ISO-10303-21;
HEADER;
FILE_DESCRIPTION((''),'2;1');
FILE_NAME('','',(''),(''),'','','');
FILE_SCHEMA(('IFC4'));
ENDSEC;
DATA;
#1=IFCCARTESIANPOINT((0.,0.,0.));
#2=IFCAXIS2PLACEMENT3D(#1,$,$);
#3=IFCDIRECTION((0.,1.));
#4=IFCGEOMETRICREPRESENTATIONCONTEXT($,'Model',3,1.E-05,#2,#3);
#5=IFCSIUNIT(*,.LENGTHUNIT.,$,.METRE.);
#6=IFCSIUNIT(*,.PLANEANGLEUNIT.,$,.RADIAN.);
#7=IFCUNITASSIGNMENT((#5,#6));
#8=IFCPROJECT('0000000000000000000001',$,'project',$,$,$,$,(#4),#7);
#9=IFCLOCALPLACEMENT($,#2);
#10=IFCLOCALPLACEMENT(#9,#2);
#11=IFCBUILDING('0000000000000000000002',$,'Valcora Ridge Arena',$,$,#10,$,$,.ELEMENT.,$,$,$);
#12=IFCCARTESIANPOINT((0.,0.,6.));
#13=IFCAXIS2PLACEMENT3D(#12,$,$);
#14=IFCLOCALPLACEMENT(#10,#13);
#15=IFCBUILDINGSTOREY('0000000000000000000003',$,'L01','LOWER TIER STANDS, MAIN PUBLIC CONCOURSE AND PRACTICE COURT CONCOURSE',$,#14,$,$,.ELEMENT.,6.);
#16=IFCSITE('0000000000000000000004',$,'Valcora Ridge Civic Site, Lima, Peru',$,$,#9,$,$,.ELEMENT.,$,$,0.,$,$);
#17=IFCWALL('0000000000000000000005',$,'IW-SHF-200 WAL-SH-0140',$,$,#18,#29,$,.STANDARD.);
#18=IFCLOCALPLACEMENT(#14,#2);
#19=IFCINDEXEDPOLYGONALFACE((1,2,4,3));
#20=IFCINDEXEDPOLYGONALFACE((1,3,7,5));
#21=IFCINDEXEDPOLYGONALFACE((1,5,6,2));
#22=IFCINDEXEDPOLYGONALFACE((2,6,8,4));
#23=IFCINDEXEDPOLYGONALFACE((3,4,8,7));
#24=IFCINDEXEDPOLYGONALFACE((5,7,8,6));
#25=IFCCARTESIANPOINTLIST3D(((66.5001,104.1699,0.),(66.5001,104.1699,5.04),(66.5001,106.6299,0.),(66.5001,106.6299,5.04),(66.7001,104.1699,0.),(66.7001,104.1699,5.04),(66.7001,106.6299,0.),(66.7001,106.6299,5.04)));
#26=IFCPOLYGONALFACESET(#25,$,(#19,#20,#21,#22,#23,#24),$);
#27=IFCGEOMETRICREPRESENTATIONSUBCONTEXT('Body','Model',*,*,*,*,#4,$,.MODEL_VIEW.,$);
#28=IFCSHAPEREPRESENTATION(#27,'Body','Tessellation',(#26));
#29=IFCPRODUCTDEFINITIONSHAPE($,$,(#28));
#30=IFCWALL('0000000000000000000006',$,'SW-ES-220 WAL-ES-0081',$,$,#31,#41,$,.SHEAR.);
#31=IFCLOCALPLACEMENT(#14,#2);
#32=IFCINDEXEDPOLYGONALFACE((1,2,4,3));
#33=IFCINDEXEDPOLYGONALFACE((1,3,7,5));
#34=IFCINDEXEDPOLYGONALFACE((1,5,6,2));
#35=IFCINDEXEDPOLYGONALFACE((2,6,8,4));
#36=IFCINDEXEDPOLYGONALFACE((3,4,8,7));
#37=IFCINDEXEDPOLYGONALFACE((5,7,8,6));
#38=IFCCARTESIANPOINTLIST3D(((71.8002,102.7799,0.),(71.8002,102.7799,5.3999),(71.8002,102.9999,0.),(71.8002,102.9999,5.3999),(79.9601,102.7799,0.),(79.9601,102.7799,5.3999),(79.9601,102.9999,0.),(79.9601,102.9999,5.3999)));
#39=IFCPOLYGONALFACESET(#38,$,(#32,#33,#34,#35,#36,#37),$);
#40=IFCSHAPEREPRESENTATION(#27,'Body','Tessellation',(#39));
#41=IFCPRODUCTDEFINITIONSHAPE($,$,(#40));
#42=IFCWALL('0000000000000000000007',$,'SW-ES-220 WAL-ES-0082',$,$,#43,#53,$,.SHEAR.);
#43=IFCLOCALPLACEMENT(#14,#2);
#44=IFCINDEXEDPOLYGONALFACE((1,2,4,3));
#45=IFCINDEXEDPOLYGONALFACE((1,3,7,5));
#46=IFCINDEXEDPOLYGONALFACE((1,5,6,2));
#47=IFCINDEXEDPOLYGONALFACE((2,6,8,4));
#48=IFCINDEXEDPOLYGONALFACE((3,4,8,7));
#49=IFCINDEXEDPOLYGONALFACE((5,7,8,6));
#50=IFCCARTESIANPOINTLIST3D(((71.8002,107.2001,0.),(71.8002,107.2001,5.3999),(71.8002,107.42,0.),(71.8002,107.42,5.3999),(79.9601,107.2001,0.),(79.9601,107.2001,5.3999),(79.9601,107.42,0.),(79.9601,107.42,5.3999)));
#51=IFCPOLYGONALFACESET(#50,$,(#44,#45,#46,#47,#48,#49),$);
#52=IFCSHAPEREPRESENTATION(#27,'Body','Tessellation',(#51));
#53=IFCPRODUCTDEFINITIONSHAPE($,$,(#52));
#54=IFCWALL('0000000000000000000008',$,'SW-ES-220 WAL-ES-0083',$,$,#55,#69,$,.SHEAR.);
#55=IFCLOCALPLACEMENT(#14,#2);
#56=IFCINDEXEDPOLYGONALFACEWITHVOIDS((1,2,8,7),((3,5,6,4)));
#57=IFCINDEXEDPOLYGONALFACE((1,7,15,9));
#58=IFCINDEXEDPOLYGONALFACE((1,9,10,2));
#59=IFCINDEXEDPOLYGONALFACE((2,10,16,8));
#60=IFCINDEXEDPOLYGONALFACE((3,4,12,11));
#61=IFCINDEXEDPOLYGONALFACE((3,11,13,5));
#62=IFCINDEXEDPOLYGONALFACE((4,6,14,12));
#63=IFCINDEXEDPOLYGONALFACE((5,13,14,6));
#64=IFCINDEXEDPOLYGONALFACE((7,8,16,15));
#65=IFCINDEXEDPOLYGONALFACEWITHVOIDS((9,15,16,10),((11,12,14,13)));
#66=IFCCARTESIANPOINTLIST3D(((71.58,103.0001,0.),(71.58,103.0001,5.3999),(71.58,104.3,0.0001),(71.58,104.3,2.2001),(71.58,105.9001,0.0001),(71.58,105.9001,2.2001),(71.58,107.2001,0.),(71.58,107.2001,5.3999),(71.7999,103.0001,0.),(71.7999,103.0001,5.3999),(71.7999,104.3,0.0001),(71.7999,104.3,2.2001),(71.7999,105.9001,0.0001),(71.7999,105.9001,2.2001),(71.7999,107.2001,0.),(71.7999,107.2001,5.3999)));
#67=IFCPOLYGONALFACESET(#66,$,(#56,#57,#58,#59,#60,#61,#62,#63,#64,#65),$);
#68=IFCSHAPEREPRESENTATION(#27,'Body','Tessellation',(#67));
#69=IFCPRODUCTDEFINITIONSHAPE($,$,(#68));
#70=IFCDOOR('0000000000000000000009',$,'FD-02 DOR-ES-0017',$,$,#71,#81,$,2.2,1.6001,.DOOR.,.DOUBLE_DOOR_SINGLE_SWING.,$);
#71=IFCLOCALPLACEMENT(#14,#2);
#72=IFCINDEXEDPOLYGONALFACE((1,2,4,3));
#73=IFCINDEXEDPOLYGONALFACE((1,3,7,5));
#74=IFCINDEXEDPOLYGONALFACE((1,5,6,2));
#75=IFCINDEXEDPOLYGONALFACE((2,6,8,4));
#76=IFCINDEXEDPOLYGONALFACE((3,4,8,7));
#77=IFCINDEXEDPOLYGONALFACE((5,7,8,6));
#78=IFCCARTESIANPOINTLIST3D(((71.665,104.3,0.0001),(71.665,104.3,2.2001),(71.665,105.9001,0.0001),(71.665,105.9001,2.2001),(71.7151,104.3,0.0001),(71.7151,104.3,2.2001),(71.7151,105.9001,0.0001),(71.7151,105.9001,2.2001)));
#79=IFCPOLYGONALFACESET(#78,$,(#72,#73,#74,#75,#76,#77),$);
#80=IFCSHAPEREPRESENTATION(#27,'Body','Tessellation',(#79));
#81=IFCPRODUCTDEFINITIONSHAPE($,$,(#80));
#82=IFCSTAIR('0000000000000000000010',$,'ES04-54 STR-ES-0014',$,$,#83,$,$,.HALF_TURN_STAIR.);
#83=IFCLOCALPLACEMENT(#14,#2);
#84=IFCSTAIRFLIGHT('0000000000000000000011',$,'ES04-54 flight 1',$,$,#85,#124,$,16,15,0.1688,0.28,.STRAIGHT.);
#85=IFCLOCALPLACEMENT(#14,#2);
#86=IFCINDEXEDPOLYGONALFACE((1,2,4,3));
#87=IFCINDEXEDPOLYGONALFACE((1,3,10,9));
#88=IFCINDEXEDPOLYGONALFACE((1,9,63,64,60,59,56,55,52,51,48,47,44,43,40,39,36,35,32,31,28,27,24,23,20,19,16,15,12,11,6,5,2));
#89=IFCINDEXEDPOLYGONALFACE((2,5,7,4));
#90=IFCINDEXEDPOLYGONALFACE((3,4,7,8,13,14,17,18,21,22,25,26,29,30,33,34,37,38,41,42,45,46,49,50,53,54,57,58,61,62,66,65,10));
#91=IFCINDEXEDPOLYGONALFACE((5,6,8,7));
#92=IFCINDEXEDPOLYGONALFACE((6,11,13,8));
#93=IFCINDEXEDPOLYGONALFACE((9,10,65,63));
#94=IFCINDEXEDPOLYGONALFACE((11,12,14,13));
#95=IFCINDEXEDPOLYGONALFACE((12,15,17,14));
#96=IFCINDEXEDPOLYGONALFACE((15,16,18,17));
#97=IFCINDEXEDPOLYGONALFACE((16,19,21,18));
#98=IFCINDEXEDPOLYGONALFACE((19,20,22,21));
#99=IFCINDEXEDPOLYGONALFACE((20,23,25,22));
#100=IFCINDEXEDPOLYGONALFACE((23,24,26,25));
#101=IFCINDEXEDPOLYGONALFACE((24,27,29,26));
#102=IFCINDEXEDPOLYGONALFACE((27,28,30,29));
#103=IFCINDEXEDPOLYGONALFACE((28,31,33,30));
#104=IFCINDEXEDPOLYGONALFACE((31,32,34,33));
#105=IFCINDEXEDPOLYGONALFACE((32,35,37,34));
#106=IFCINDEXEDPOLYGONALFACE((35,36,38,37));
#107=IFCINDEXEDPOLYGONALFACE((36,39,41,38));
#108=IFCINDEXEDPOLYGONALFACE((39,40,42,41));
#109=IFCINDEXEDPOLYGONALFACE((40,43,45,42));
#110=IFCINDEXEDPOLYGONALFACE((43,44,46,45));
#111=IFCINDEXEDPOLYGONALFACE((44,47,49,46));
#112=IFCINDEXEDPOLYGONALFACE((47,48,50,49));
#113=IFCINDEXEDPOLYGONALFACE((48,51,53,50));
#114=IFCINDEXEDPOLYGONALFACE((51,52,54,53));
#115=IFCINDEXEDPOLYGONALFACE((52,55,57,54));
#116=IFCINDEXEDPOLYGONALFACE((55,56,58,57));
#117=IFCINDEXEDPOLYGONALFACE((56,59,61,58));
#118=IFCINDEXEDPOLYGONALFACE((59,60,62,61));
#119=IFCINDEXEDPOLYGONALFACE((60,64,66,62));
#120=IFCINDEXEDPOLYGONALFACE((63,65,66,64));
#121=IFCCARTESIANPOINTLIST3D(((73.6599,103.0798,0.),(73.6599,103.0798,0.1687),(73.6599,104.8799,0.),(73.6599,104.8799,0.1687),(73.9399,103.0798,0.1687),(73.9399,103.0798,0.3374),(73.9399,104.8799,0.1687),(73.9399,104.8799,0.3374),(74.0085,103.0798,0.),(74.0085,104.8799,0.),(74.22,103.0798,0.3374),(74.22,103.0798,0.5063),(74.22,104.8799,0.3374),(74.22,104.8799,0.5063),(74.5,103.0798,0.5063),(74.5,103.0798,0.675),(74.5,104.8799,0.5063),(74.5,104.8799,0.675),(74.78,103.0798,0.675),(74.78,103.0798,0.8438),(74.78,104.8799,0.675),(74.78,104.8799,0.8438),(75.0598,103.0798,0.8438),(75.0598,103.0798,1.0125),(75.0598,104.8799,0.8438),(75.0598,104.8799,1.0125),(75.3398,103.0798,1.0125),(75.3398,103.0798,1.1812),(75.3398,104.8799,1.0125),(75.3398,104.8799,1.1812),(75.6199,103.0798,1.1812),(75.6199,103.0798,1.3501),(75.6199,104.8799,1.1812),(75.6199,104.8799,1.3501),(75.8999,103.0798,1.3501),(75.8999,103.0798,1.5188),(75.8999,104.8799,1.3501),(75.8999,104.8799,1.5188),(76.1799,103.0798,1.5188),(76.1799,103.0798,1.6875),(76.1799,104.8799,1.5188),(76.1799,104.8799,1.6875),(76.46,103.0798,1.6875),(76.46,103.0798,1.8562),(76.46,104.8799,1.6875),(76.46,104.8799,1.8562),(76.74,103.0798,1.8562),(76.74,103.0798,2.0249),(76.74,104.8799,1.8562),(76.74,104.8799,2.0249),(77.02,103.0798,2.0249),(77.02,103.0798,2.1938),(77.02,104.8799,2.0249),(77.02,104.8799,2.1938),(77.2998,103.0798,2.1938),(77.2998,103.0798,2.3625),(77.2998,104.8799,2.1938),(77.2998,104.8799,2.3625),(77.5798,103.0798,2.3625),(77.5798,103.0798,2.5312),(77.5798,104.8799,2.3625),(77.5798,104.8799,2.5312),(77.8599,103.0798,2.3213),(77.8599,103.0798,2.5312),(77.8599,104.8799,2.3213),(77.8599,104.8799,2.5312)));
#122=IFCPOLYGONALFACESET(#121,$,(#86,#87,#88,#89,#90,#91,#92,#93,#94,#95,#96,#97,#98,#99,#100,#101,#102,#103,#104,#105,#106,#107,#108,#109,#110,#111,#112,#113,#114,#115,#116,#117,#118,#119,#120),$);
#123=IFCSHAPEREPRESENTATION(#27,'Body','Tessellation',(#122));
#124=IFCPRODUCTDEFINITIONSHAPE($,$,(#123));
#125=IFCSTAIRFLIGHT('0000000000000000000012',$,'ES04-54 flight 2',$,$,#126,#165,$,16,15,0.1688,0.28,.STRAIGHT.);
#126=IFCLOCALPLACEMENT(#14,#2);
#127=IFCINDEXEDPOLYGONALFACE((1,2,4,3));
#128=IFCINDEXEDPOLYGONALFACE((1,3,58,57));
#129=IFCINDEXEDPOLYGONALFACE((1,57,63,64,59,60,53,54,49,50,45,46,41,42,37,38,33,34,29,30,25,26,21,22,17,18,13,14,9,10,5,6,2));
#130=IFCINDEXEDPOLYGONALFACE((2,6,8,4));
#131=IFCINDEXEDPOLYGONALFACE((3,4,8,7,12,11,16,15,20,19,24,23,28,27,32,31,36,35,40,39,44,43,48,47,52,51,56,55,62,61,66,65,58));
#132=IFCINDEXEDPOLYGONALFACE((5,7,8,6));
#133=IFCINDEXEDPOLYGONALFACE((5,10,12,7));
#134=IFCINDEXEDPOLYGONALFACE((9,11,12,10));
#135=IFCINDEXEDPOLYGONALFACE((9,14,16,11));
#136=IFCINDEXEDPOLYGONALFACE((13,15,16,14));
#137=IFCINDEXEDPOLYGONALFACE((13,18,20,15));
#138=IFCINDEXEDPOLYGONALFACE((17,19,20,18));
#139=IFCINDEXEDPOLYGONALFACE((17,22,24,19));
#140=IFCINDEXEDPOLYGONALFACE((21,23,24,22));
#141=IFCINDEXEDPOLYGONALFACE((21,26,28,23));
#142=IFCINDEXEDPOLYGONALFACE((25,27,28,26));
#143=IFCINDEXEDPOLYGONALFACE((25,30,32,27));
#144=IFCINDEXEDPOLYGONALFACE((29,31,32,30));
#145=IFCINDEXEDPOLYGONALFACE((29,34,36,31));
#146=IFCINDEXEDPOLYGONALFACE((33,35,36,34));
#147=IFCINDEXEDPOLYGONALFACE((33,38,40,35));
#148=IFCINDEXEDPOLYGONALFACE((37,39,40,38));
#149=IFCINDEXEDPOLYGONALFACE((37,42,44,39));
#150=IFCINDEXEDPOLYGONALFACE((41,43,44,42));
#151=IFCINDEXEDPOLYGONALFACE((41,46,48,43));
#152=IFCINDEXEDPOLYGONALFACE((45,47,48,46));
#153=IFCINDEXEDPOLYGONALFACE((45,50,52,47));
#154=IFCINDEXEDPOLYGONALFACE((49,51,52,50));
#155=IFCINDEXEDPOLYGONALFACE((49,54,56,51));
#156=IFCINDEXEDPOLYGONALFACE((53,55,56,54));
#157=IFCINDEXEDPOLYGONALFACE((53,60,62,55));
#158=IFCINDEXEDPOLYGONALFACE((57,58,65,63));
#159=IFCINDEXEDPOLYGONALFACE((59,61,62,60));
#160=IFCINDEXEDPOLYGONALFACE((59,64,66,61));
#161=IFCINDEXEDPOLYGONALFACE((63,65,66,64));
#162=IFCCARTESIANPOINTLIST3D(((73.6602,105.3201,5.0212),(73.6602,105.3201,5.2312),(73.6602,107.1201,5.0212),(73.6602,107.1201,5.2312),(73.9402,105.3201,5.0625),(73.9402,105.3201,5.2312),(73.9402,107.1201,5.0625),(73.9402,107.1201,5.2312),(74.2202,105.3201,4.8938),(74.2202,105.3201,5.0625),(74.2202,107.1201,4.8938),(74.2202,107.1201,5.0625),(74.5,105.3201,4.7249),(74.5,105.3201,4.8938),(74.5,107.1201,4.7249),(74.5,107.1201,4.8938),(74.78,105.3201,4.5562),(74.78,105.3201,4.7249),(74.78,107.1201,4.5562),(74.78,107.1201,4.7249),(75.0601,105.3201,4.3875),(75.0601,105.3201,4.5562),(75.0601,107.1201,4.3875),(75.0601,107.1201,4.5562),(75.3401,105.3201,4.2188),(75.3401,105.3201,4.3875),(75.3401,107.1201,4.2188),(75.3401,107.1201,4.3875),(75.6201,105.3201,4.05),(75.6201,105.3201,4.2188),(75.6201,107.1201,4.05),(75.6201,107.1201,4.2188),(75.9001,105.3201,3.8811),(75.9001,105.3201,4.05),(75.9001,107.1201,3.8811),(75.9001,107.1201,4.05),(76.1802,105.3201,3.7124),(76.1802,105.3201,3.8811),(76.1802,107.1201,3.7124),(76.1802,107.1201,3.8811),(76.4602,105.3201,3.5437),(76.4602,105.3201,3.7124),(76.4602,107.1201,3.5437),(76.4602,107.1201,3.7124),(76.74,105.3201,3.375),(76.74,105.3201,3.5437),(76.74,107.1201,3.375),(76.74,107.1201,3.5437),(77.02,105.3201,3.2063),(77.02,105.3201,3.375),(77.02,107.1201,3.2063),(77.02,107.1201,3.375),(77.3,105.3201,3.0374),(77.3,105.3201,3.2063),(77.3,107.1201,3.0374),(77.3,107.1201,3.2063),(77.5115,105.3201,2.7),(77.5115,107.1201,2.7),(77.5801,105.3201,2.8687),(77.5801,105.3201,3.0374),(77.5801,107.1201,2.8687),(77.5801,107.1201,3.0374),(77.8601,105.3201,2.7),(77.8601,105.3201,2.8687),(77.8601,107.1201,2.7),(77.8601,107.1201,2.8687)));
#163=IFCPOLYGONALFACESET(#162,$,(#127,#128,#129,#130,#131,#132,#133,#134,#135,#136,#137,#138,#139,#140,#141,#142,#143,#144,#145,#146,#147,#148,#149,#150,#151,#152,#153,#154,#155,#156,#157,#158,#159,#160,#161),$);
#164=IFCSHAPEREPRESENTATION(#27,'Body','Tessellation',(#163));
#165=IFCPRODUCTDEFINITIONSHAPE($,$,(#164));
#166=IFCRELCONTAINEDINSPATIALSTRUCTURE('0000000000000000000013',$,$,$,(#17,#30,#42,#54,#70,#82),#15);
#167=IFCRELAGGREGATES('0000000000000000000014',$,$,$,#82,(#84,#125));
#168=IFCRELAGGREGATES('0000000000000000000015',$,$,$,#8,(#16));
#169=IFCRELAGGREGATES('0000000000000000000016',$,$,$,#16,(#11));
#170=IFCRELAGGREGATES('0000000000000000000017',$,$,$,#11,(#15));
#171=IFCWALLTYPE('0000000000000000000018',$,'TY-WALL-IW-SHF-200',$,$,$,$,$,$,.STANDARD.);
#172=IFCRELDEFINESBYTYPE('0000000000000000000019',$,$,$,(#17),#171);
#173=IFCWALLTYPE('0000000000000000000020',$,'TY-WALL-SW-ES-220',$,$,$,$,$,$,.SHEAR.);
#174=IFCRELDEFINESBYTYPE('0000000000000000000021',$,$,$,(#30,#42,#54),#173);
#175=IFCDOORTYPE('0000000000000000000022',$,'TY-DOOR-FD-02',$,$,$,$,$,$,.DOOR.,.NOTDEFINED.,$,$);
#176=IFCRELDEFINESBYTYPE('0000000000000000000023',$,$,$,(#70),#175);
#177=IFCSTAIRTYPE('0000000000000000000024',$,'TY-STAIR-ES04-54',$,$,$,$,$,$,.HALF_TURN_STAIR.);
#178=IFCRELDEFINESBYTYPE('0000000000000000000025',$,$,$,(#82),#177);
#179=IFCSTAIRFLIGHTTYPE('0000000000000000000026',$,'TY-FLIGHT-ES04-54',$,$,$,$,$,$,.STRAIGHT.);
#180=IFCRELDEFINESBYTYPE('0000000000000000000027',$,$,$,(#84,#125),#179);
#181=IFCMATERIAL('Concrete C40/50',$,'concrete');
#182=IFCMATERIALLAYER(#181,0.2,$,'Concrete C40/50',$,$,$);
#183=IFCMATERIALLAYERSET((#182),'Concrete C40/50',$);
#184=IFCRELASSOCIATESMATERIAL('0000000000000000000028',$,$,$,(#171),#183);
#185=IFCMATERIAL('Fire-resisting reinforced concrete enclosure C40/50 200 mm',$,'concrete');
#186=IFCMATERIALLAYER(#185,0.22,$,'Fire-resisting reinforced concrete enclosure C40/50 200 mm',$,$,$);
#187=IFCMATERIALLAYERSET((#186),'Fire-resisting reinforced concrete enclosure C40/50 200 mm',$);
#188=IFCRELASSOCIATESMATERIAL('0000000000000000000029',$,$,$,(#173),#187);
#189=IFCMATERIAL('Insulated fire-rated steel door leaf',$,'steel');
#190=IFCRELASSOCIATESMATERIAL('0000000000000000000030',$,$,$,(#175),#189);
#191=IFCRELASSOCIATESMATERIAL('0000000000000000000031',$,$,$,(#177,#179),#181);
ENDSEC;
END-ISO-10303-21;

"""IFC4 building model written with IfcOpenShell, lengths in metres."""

from ifc_helpers import new_model, si_unit, direction, frame, frame_2d, origin, place, context, subcontext, project, spatial, polyline, rectangle, outline, extrude, material, layer, layer_set, type_object, element, fill, aggregate, save


model = new_model("IFC4")

# Units and contexts
model_context = context("Model", 3, precision=1e-05, world=origin(), true_north=direction((0.0, 1.0)))
body_context = subcontext(model_context, "Body", "Model", "MODEL_VIEW")
ifc_project = project(units=[si_unit("LENGTHUNIT", "METRE"), si_unit("PLANEANGLEUNIT", "RADIAN")], contexts=[model_context])

# Site, building, storey
site_placement = place(None, origin())
site = spatial("IfcSite", under=ifc_project, at=site_placement, Name="Valcora Ridge Civic Site, Lima, Peru", CompositionType="ELEMENT", RefElevation=0.0)
building_placement = place(site_placement, origin())
building = spatial("IfcBuilding", under=site, at=building_placement, Name="Valcora Ridge Arena", CompositionType="ELEMENT")
storey_placement = place(building_placement, frame((0.0, 0.0, 6.0)))
storey = spatial("IfcBuildingStorey", under=building, at=storey_placement, Name="L01", Description="LOWER TIER STANDS, MAIN PUBLIC CONCOURSE AND PRACTICE COURT CONCOURSE", CompositionType="ELEMENT", Elevation=6.0)

# Shared definitions
ifc_material_1 = material(Name="Concrete C40/50", Category="concrete")

# Walls
ifc_layer_1 = layer(ifc_material_1, 0.2, Name="Concrete C40/50")
ifc_layer_set_1 = layer_set([ifc_layer_1], Name="Concrete C40/50")
wall_type_1 = type_object("IfcWallType", Name="TY-WALL-IW-SHF-200", PredefinedType="STANDARD", material=ifc_layer_set_1)
wall_1_placement = place(storey_placement, frame((66.6001, 104.1699, 0.0), z_axis=(0.0, 0.0, 1.0), x_axis=(0.0, 1.0, 0.0)))
element("IfcWall", 1, at=wall_1_placement, inside=storey, type_object=wall_type_1, Name="IW-SHF-200 WAL-SH-0140", PredefinedType="STANDARD", context=body_context, shape_type="SweptSolid", body=[
    extrude(rectangle(XDim=2.46, YDim=0.2, at=frame_2d((1.23, 0.0))), origin(), (0.0, 0.0, 1.0), 5.04),
])
ifc_material_2 = material(Name="Fire-resisting reinforced concrete enclosure C40/50 200 mm", Category="concrete")
ifc_layer_2 = layer(ifc_material_2, 0.22, Name="Fire-resisting reinforced concrete enclosure C40/50 200 mm")
ifc_layer_set_2 = layer_set([ifc_layer_2], Name="Fire-resisting reinforced concrete enclosure C40/50 200 mm")
wall_type_2 = type_object("IfcWallType", Name="TY-WALL-SW-ES-220", PredefinedType="SHEAR", material=ifc_layer_set_2)
for number, where, z_axis, x_axis, name in (
    (2, (71.8, 102.8899, 0.0), (0.0, 0.0, 1.0), (1.0, 0.0, 0.0), "SW-ES-220 WAL-ES-0081"),
    (3, (71.8, 107.3101, 0.0), (0.0, 0.0, 1.0), (1.0, 0.0, 0.0), "SW-ES-220 WAL-ES-0082"),
):
    element("IfcWall", number, at=place(storey_placement, frame(where, z_axis=z_axis, x_axis=x_axis)), inside=storey, type_object=wall_type_2, Name=name, PredefinedType="SHEAR", context=body_context, shape_type="SweptSolid", body=[
        extrude(rectangle(XDim=8.1599, YDim=0.22, at=frame_2d((4.0801, 0.0))), origin(), (0.0, 0.0, 1.0), 5.3999),
    ])

# Wall, opening, door
wall_2_placement = place(storey_placement, frame((71.6899, 103.0, 0.0), z_axis=(0.0, 0.0, 1.0), x_axis=(0.0, 1.0, 0.0)))
wall_2 = element("IfcWall", 4, at=wall_2_placement, inside=storey, type_object=wall_type_2, Name="SW-ES-220 WAL-ES-0083", PredefinedType="SHEAR", context=body_context, shape_type="SweptSolid", body=[
    extrude(rectangle(XDim=4.2, YDim=0.22, at=frame_2d((2.1001, 0.0))), origin(), (0.0, 0.0, 1.0), 5.3999),
])
opening_1_placement = place(wall_2_placement, frame((1.3, 0.0, 0.0)))
opening_1 = element("IfcOpeningElement", 5, at=opening_1_placement, cuts=wall_2, PredefinedType="OPENING", context=body_context, shape_type="SweptSolid", body=[
    extrude(rectangle(XDim=1.6001, YDim=2.2, at=frame_2d((0.8, 1.1001))), frame((0.0, 0.1199, 0.0), z_axis=(0.0, -1.0, 0.0), x_axis=(1.0, 0.0, 0.0)), (0.0, 0.0, 1.0), 0.24),
])
ifc_material_3 = material(Name="Insulated fire-rated steel door leaf", Category="steel")
door_type_1 = type_object("IfcDoorType", Name="TY-DOOR-FD-02", OperationType="NOTDEFINED", PredefinedType="DOOR", material=ifc_material_3)
door_1_placement = place(opening_1_placement, origin())
door_1 = element("IfcDoor", 6, at=door_1_placement, inside=storey, type_object=door_type_1, Name="FD-02 DOR-ES-0017", OperationType="DOUBLE_DOOR_SINGLE_SWING", OverallHeight=2.2, OverallWidth=1.6001, PredefinedType="DOOR", context=body_context, shape_type="SweptSolid", body=[
    extrude(rectangle(XDim=1.6001, YDim=2.2, at=frame_2d((0.8, 1.1001))), frame((0.0, 0.0249, 0.0), z_axis=(0.0, -1.0, 0.0), x_axis=(1.0, 0.0, 0.0)), (0.0, 0.0, 1.0), 0.05),
])
fill(opening_1, door_1)

# Stair, stair flights
stair_type = type_object("IfcStairType", Name="TY-STAIR-ES04-54", PredefinedType="HALF_TURN_STAIR", material=ifc_material_1)
stair_placement = place(storey_placement, origin())
stair = element("IfcStair", 7, at=stair_placement, inside=storey, type_object=stair_type, Name="ES04-54 STR-ES-0014", PredefinedType="HALF_TURN_STAIR")
stair_flight_type = type_object("IfcStairFlightType", Name="TY-FLIGHT-ES04-54", PredefinedType="STRAIGHT", material=ifc_material_1)
stair_flight_1_placement = place(storey_placement, frame((73.6599, 103.98, 0.0), z_axis=(0.0, 0.0, 1.0), x_axis=(1.0, 0.0, 0.0)))
stair_flight_1 = element("IfcStairFlight", 8, at=stair_flight_1_placement, type_object=stair_flight_type, Name="ES04-54 flight 1", NumberOfRisers=16, NumberOfTreads=15, PredefinedType="STRAIGHT", RiserHeight=0.1688, TreadLength=0.28, context=body_context, shape_type="SweptSolid", body=[
    extrude(outline(polyline([(0.0, 0.0), (0.0, 0.1687), (0.28, 0.1687), (0.28, 0.3374), (0.5601, 0.3374), (0.5601, 0.5063), (0.8401, 0.5063), (0.8401, 0.675), (1.1201, 0.675), (1.1201, 0.8438), (1.3999, 0.8438), (1.3999, 1.0125), (1.6799, 1.0125), (1.6799, 1.1812), (1.96, 1.1812), (1.96, 1.3501), (2.24, 1.3501), (2.24, 1.5188), (2.52, 1.5188), (2.52, 1.6875), (2.8, 1.6875), (2.8, 1.8562), (3.0801, 1.8562), (3.0801, 2.0249), (3.3601, 2.0249), (3.3601, 2.1938), (3.6399, 2.1938), (3.6399, 2.3625), (3.9199, 2.3625), (3.9199, 2.5312), (4.2, 2.5312), (4.2, 2.7), (4.2, 2.3213), (0.3486, 0.0), (0.0, 0.0)])), frame((0.0, 0.8999, 0.0), z_axis=(0.0, -1.0, 0.0), x_axis=(1.0, 0.0, 0.0)), (0.0, 0.0, 1.0), 1.8),
])
stair_flight_2_placement = place(storey_placement, frame((77.8601, 106.22, 2.7), z_axis=(0.0, 0.0, 1.0), x_axis=(-1.0, 0.0, 0.0)))
stair_flight_2 = element("IfcStairFlight", 9, at=stair_flight_2_placement, type_object=stair_flight_type, Name="ES04-54 flight 2", NumberOfRisers=16, NumberOfTreads=15, PredefinedType="STRAIGHT", RiserHeight=0.1688, TreadLength=0.28, context=body_context, shape_type="SweptSolid", body=[
    extrude(outline(polyline([(0.0, 0.0), (0.0, 0.1687), (0.28, 0.1687), (0.28, 0.3374), (0.5601, 0.3374), (0.5601, 0.5063), (0.8401, 0.5063), (0.8401, 0.675), (1.1201, 0.675), (1.1201, 0.8438), (1.3999, 0.8438), (1.3999, 1.0125), (1.6799, 1.0125), (1.6799, 1.1812), (1.96, 1.1812), (1.96, 1.3501), (2.24, 1.3501), (2.24, 1.5188), (2.52, 1.5188), (2.52, 1.6875), (2.8, 1.6875), (2.8, 1.8562), (3.0801, 1.8562), (3.0801, 2.0249), (3.3601, 2.0249), (3.3601, 2.1938), (3.6399, 2.1938), (3.6399, 2.3625), (3.9199, 2.3625), (3.9199, 2.5312), (4.2, 2.5312), (4.2, 2.7), (4.2, 2.3213), (0.3486, 0.0), (0.0, 0.0)])), frame((0.0, 0.8999, 0.0), z_axis=(0.0, -1.0, 0.0), x_axis=(1.0, 0.0, 0.0)), (0.0, 0.0, 1.0), 1.8),
])
aggregate(stair, [stair_flight_1, stair_flight_2])

save(model, "model.ifc")
